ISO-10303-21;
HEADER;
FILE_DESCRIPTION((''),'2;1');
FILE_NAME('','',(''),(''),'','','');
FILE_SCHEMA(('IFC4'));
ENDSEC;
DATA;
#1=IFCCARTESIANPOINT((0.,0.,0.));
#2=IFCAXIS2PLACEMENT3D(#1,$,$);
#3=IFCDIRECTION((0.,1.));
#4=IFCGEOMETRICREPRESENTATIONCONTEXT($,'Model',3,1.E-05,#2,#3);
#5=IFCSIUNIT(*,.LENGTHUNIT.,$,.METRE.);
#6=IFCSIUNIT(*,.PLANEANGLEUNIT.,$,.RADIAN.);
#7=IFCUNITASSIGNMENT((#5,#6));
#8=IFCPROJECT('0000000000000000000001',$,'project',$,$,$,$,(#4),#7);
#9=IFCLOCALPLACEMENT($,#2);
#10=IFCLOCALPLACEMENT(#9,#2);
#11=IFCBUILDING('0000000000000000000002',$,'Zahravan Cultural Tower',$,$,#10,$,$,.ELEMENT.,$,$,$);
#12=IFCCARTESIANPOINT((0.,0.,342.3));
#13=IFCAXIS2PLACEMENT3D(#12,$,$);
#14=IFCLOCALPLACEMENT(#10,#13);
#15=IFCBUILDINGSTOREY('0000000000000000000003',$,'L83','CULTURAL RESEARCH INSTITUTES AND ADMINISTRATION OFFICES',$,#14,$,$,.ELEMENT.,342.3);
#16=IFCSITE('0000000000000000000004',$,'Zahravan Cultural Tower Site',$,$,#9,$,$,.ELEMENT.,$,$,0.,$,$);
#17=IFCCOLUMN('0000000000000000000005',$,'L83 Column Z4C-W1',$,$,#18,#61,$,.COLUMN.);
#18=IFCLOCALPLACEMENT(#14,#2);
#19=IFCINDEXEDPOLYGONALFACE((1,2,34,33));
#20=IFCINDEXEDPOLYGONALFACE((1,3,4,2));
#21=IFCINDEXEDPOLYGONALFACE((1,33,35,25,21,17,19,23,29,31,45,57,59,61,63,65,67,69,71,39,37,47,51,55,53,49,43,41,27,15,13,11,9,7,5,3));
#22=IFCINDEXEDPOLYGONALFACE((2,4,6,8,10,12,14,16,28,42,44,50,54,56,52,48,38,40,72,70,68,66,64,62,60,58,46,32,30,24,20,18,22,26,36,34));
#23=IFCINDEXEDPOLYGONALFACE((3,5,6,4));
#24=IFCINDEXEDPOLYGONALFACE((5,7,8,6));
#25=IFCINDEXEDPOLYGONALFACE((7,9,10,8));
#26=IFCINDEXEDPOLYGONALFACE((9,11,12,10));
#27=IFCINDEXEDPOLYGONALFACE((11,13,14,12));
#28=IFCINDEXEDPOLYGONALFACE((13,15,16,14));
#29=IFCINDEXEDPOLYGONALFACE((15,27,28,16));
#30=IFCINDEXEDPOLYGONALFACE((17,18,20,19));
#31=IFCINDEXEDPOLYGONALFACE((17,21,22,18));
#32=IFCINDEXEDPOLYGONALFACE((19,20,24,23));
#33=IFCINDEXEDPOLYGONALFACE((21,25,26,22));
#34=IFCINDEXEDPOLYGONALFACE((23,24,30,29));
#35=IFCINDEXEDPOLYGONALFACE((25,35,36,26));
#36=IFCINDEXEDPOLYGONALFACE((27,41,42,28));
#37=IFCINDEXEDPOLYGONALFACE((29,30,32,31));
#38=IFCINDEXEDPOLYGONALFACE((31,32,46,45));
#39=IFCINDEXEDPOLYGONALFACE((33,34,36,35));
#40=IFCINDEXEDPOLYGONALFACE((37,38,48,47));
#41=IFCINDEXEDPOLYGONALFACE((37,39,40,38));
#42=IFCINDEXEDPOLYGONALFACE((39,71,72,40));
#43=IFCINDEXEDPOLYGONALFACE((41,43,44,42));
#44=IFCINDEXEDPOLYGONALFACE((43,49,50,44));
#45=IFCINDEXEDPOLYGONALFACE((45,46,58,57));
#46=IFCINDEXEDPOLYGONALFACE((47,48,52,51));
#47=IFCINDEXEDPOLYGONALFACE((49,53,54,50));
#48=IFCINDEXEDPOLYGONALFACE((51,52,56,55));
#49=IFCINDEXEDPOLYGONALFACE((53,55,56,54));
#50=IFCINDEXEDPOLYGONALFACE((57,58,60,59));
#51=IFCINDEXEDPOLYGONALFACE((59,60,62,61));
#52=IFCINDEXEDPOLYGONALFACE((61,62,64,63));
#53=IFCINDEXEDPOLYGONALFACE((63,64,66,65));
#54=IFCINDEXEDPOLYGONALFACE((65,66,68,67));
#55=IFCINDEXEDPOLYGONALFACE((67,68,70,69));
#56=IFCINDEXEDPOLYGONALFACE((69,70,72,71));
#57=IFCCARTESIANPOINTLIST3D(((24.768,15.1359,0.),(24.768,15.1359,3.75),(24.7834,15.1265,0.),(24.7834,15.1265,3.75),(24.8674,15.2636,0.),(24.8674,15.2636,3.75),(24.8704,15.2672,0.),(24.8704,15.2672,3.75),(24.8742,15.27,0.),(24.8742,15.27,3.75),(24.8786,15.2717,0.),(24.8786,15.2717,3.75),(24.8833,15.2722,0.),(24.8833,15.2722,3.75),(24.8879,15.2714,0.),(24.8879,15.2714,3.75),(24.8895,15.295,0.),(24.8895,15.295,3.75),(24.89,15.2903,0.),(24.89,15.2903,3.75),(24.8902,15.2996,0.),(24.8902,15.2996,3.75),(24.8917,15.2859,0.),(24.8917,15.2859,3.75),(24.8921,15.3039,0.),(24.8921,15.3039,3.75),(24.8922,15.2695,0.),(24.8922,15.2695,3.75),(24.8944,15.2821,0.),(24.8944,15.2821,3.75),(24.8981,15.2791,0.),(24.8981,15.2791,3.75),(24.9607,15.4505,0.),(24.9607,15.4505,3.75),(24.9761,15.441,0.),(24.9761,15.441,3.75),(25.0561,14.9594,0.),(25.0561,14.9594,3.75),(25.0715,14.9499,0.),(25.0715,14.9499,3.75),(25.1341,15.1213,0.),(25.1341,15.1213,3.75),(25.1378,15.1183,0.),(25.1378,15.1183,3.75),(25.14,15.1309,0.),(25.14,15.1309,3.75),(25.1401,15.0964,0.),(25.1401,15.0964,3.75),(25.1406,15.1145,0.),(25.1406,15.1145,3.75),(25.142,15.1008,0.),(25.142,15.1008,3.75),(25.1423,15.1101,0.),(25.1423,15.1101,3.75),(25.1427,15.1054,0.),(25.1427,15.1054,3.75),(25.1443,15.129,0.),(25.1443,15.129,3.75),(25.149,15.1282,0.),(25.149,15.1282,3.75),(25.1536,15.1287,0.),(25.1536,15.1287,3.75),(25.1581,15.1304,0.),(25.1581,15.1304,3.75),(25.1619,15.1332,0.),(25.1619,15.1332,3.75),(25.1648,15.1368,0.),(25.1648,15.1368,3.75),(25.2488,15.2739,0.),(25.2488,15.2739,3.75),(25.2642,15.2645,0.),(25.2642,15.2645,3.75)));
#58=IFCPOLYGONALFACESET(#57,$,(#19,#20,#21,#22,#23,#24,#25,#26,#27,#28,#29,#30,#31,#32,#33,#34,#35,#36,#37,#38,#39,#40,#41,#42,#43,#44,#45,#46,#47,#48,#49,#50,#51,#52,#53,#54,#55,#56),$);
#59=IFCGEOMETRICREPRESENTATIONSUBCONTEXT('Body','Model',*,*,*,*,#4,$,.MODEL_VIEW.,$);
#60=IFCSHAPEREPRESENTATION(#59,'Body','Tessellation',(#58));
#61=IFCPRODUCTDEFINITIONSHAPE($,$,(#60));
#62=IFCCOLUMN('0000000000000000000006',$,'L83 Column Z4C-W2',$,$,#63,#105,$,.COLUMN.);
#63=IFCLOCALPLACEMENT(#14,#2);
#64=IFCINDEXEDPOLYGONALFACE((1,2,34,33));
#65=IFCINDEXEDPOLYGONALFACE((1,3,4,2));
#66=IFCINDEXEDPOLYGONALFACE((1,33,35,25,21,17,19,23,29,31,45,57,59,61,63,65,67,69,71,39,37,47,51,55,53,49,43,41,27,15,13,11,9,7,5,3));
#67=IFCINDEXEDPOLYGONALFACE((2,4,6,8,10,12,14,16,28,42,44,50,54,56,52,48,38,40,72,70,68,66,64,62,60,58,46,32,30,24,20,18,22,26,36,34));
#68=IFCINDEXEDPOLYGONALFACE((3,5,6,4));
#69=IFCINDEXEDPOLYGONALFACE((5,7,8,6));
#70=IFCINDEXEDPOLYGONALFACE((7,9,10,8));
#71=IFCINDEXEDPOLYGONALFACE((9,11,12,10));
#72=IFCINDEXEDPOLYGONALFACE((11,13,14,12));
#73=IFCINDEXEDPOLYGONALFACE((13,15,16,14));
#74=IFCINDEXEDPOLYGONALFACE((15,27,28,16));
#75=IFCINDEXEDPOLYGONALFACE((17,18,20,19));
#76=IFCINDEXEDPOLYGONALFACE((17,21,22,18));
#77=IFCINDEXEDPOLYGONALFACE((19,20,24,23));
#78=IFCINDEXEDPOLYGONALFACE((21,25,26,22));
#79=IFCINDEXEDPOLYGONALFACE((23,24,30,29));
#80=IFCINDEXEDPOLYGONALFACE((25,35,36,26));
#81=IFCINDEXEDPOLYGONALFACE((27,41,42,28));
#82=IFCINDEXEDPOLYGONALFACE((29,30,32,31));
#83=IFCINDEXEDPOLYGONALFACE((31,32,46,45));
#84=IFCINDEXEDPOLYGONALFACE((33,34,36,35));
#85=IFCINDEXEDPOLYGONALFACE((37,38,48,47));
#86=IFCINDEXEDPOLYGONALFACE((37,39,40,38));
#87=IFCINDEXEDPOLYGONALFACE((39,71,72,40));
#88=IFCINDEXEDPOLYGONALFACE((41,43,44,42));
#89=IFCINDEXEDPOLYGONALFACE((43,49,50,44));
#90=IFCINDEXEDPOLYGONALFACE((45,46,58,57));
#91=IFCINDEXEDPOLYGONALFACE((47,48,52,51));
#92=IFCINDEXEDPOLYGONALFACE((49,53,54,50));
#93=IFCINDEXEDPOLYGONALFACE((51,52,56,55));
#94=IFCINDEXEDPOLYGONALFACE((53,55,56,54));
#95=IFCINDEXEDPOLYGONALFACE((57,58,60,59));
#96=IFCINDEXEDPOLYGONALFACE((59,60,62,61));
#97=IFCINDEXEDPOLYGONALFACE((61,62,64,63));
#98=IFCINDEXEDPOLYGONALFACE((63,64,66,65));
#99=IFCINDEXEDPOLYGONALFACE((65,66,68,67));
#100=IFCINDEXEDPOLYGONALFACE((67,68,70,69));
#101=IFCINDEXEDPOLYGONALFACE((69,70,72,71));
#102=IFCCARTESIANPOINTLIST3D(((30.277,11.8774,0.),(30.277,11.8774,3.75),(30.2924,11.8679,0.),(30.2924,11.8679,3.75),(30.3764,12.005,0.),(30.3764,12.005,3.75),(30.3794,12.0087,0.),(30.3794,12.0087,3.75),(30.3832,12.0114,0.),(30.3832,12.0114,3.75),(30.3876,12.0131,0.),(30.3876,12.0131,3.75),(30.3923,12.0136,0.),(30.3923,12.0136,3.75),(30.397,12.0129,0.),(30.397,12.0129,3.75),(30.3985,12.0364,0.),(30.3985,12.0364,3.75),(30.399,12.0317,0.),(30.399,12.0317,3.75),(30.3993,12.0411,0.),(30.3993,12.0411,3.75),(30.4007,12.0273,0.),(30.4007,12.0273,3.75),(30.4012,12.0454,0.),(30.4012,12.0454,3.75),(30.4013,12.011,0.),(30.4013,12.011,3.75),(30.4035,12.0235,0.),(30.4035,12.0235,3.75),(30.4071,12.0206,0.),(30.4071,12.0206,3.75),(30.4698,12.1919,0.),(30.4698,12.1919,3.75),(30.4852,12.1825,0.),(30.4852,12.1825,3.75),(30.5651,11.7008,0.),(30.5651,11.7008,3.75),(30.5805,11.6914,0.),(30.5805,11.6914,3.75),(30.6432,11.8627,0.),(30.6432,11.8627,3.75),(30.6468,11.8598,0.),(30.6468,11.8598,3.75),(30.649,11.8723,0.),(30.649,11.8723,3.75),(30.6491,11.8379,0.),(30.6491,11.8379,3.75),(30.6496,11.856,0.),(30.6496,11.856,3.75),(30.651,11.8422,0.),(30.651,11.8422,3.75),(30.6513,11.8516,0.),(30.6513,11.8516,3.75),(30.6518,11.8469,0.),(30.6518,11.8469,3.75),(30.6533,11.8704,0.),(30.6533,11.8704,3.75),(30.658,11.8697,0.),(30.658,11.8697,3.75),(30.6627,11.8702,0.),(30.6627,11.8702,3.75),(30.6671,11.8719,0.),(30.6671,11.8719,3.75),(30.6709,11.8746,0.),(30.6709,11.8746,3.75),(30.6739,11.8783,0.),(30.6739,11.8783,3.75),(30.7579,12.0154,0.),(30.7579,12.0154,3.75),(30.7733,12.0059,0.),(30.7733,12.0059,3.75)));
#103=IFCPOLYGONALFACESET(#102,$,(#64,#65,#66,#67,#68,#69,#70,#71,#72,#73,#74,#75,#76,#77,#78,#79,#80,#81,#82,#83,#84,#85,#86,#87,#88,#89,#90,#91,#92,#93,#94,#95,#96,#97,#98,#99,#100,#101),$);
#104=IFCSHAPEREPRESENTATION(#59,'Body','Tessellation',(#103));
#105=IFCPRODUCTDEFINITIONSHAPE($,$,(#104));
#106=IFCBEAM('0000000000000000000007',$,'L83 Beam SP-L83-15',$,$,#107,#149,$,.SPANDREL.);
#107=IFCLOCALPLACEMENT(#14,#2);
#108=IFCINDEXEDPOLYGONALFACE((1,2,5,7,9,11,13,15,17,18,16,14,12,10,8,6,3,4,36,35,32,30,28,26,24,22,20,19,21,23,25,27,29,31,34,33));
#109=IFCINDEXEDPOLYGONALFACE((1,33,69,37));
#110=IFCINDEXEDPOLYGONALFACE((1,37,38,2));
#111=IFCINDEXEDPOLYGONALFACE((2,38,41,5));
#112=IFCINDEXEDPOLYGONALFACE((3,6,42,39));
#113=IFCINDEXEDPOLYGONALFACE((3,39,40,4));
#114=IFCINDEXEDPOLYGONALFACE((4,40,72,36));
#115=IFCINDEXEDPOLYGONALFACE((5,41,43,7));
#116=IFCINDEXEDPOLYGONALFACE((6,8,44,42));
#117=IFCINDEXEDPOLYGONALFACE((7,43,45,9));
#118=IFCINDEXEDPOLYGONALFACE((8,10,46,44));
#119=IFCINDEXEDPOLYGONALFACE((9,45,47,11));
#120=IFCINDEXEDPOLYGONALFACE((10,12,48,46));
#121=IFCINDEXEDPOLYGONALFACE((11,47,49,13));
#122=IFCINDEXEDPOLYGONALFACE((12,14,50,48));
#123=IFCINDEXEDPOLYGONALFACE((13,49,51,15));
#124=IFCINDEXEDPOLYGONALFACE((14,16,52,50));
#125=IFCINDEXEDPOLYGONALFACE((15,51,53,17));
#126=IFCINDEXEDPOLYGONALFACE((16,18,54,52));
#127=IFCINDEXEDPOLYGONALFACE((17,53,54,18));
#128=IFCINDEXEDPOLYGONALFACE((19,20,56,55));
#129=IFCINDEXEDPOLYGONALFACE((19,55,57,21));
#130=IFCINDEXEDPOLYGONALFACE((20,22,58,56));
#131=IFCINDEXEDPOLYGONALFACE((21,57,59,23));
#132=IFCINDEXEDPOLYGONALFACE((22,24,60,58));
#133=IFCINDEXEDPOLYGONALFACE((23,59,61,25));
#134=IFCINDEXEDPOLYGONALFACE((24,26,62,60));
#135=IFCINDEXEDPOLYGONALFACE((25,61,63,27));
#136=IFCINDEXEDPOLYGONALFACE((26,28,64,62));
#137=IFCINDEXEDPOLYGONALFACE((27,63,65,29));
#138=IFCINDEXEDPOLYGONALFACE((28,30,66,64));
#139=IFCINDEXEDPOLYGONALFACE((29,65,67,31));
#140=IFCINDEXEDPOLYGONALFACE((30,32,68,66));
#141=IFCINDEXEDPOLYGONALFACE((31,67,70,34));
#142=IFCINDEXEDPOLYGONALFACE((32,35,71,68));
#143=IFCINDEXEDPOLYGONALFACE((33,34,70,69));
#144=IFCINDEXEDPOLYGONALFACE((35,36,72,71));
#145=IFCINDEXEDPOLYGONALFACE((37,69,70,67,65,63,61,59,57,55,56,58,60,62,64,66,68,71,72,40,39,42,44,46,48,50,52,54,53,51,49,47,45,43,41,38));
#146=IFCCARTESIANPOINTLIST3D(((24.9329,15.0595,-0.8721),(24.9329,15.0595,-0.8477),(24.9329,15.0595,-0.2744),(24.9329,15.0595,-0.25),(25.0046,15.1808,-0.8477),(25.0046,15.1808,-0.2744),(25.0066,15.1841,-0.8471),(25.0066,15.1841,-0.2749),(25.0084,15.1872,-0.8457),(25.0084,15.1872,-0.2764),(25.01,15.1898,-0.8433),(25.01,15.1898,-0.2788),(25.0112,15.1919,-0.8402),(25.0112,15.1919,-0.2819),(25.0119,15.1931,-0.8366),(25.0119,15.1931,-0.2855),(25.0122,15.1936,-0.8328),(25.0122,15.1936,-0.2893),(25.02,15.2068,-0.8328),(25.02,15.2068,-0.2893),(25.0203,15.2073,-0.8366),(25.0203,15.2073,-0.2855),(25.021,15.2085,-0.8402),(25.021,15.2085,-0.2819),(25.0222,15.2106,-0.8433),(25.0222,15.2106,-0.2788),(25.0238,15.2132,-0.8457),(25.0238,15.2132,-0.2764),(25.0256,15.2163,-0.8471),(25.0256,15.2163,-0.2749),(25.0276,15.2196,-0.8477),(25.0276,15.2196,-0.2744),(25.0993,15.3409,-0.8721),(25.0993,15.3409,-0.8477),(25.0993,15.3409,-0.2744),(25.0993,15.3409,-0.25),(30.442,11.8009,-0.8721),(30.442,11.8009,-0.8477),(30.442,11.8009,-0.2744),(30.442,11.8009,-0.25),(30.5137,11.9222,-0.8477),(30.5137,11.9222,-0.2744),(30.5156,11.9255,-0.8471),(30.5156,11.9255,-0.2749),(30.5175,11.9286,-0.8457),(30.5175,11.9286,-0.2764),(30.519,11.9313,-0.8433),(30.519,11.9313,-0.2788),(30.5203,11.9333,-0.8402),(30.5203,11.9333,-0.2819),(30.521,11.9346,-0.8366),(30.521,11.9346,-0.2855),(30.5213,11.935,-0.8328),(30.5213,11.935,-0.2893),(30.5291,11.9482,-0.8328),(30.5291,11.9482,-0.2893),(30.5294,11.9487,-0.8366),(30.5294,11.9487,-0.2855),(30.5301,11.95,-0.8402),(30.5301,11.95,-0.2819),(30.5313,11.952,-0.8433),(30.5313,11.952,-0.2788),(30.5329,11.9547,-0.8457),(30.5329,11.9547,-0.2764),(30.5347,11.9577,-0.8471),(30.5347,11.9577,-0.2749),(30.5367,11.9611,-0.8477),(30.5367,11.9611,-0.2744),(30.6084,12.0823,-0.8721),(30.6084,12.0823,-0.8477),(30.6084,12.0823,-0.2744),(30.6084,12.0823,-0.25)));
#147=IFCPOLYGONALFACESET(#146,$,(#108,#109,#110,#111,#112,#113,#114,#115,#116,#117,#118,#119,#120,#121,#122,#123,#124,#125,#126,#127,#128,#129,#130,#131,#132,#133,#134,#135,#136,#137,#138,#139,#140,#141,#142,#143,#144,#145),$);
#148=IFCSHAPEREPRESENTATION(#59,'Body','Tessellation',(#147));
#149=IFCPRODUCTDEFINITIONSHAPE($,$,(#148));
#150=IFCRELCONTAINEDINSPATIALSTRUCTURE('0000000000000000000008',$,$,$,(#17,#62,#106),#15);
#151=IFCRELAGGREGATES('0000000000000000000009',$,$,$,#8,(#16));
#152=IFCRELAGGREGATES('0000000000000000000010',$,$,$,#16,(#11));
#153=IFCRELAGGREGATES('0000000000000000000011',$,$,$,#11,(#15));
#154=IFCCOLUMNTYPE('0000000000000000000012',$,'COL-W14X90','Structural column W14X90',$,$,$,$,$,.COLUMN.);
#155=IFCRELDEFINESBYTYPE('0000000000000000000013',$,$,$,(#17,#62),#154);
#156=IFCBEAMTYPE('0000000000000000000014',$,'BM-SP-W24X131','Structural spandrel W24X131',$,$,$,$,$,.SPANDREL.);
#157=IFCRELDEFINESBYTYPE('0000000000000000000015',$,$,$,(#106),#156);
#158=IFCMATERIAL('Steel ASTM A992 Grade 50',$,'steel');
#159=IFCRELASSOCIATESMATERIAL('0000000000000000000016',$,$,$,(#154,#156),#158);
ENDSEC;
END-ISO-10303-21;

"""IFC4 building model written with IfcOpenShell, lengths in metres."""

from ifc_helpers import new_model, si_unit, direction, frame, origin, origin_2d, place, context, subcontext, project, spatial, i_section, extrude, source, transform, mapped, material, material_profile, profile_set, type_object, element, save


model = new_model("IFC4")

# Units and contexts
model_context = context("Model", 3, precision=1e-05, world=origin(), true_north=direction((0.0, 1.0)))
body_context = subcontext(model_context, "Body", "Model", "MODEL_VIEW")
ifc_project = project(units=[si_unit("LENGTHUNIT", "METRE"), si_unit("PLANEANGLEUNIT", "RADIAN")], contexts=[model_context])

# Site, building, storey
site_placement = place(None, origin())
site = spatial("IfcSite", under=ifc_project, at=site_placement, Name="Zahravan Cultural Tower Site", CompositionType="ELEMENT", RefElevation=0.0)
building_placement = place(site_placement, origin())
building = spatial("IfcBuilding", under=site, at=building_placement, Name="Zahravan Cultural Tower", CompositionType="ELEMENT")
storey_placement = place(building_placement, frame((0.0, 0.0, 342.3)))
storey = spatial("IfcBuildingStorey", under=building, at=storey_placement, Name="L83", Description="CULTURAL RESEARCH INSTITUTES AND ADMINISTRATION OFFICES", CompositionType="ELEMENT", Elevation=342.3)

# Columns
ifc_material_1 = material(Name="Steel ASTM A992 Grade 50", Category="steel")
ifc_material_profile_1 = material_profile(ifc_material_1, i_section(OverallWidth=0.3689, OverallDepth=0.356, WebThickness=0.0112, FlangeThickness=0.0181, FilletRadius=0.0181, at=origin_2d()), Name="W14X90")
ifc_profile_set_1 = profile_set([ifc_material_profile_1], Name="Steel ASTM A992 Grade 50")
column_type = type_object("IfcColumnType", Name="COL-W14X90", Description="Structural column W14X90", PredefinedType="COLUMN", material=ifc_profile_set_1)
shared_shape_1 = source(origin(), body_context, "Body", "SweptSolid", [
    extrude(i_section(OverallWidth=0.3689, OverallDepth=0.356, WebThickness=0.0112, FlangeThickness=0.0181, FilletRadius=0.0181, at=origin_2d()), origin(), (0.0, 0.0, 1.0), 3.75),
])
for number, where, z_axis, x_axis, name in (
    (1, (25.0161, 15.2002, 0.0), (0.0, 0.0, 1.0), (0.522499, 0.85264, 0.0), "L83 Column Z4C-W1"),
    (2, (30.5251, 11.9417, 0.0), (0.0, 0.0, 1.0), (0.522499, 0.85264, 0.0), "L83 Column Z4C-W2"),
):
    element("IfcColumn", number, at=place(storey_placement, frame(where, z_axis=z_axis, x_axis=x_axis)), inside=storey, type_object=column_type, Name=name, PredefinedType="COLUMN", context=body_context, shape_type="MappedRepresentation", body=[
        mapped(shared_shape_1, transform((0.0, 0.0, 0.0), x_axis=(1.0, 0.0, 0.0), y_axis=(0.0, 1.0, 0.0), z_axis=(0.0, 0.0, 1.0), scale=1.0)),
    ])

# Beam
ifc_material_profile_2 = material_profile(ifc_material_1, i_section(OverallWidth=0.3269, OverallDepth=0.6221, WebThickness=0.0154, FlangeThickness=0.0244, FilletRadius=0.0149, at=origin_2d()), Name="W24X131")
ifc_profile_set_2 = profile_set([ifc_material_profile_2], Name="Steel ASTM A992 Grade 50")
beam_type_1 = type_object("IfcBeamType", Name="BM-SP-W24X131", Description="Structural spandrel W24X131", PredefinedType="SPANDREL", material=ifc_profile_set_2)
shared_shape_2 = source(origin(), body_context, "Body", "SweptSolid", [
    extrude(i_section(OverallWidth=0.3269, OverallDepth=0.6221, WebThickness=0.0154, FlangeThickness=0.0244, FilletRadius=0.0149, at=origin_2d()), origin(), (0.0, 0.0, 1.0), 6.4006),
])
beam_1_placement = place(storey_placement, frame((25.0161, 15.2002, -0.561), z_axis=(0.860707, -0.509101, 0.0), x_axis=(0.509101, 0.860707, 0.0)))
element("IfcBeam", 3, at=beam_1_placement, inside=storey, type_object=beam_type_1, Name="L83 Beam SP-L83-15", PredefinedType="SPANDREL", context=body_context, shape_type="MappedRepresentation", body=[
    mapped(shared_shape_2, transform((0.0, 0.0, 0.0), x_axis=(1.0, 0.0, 0.0), y_axis=(0.0, 1.0, 0.0), z_axis=(0.0, 0.0, 1.0), scale=1.0)),
])

save(model, "model.ifc")
